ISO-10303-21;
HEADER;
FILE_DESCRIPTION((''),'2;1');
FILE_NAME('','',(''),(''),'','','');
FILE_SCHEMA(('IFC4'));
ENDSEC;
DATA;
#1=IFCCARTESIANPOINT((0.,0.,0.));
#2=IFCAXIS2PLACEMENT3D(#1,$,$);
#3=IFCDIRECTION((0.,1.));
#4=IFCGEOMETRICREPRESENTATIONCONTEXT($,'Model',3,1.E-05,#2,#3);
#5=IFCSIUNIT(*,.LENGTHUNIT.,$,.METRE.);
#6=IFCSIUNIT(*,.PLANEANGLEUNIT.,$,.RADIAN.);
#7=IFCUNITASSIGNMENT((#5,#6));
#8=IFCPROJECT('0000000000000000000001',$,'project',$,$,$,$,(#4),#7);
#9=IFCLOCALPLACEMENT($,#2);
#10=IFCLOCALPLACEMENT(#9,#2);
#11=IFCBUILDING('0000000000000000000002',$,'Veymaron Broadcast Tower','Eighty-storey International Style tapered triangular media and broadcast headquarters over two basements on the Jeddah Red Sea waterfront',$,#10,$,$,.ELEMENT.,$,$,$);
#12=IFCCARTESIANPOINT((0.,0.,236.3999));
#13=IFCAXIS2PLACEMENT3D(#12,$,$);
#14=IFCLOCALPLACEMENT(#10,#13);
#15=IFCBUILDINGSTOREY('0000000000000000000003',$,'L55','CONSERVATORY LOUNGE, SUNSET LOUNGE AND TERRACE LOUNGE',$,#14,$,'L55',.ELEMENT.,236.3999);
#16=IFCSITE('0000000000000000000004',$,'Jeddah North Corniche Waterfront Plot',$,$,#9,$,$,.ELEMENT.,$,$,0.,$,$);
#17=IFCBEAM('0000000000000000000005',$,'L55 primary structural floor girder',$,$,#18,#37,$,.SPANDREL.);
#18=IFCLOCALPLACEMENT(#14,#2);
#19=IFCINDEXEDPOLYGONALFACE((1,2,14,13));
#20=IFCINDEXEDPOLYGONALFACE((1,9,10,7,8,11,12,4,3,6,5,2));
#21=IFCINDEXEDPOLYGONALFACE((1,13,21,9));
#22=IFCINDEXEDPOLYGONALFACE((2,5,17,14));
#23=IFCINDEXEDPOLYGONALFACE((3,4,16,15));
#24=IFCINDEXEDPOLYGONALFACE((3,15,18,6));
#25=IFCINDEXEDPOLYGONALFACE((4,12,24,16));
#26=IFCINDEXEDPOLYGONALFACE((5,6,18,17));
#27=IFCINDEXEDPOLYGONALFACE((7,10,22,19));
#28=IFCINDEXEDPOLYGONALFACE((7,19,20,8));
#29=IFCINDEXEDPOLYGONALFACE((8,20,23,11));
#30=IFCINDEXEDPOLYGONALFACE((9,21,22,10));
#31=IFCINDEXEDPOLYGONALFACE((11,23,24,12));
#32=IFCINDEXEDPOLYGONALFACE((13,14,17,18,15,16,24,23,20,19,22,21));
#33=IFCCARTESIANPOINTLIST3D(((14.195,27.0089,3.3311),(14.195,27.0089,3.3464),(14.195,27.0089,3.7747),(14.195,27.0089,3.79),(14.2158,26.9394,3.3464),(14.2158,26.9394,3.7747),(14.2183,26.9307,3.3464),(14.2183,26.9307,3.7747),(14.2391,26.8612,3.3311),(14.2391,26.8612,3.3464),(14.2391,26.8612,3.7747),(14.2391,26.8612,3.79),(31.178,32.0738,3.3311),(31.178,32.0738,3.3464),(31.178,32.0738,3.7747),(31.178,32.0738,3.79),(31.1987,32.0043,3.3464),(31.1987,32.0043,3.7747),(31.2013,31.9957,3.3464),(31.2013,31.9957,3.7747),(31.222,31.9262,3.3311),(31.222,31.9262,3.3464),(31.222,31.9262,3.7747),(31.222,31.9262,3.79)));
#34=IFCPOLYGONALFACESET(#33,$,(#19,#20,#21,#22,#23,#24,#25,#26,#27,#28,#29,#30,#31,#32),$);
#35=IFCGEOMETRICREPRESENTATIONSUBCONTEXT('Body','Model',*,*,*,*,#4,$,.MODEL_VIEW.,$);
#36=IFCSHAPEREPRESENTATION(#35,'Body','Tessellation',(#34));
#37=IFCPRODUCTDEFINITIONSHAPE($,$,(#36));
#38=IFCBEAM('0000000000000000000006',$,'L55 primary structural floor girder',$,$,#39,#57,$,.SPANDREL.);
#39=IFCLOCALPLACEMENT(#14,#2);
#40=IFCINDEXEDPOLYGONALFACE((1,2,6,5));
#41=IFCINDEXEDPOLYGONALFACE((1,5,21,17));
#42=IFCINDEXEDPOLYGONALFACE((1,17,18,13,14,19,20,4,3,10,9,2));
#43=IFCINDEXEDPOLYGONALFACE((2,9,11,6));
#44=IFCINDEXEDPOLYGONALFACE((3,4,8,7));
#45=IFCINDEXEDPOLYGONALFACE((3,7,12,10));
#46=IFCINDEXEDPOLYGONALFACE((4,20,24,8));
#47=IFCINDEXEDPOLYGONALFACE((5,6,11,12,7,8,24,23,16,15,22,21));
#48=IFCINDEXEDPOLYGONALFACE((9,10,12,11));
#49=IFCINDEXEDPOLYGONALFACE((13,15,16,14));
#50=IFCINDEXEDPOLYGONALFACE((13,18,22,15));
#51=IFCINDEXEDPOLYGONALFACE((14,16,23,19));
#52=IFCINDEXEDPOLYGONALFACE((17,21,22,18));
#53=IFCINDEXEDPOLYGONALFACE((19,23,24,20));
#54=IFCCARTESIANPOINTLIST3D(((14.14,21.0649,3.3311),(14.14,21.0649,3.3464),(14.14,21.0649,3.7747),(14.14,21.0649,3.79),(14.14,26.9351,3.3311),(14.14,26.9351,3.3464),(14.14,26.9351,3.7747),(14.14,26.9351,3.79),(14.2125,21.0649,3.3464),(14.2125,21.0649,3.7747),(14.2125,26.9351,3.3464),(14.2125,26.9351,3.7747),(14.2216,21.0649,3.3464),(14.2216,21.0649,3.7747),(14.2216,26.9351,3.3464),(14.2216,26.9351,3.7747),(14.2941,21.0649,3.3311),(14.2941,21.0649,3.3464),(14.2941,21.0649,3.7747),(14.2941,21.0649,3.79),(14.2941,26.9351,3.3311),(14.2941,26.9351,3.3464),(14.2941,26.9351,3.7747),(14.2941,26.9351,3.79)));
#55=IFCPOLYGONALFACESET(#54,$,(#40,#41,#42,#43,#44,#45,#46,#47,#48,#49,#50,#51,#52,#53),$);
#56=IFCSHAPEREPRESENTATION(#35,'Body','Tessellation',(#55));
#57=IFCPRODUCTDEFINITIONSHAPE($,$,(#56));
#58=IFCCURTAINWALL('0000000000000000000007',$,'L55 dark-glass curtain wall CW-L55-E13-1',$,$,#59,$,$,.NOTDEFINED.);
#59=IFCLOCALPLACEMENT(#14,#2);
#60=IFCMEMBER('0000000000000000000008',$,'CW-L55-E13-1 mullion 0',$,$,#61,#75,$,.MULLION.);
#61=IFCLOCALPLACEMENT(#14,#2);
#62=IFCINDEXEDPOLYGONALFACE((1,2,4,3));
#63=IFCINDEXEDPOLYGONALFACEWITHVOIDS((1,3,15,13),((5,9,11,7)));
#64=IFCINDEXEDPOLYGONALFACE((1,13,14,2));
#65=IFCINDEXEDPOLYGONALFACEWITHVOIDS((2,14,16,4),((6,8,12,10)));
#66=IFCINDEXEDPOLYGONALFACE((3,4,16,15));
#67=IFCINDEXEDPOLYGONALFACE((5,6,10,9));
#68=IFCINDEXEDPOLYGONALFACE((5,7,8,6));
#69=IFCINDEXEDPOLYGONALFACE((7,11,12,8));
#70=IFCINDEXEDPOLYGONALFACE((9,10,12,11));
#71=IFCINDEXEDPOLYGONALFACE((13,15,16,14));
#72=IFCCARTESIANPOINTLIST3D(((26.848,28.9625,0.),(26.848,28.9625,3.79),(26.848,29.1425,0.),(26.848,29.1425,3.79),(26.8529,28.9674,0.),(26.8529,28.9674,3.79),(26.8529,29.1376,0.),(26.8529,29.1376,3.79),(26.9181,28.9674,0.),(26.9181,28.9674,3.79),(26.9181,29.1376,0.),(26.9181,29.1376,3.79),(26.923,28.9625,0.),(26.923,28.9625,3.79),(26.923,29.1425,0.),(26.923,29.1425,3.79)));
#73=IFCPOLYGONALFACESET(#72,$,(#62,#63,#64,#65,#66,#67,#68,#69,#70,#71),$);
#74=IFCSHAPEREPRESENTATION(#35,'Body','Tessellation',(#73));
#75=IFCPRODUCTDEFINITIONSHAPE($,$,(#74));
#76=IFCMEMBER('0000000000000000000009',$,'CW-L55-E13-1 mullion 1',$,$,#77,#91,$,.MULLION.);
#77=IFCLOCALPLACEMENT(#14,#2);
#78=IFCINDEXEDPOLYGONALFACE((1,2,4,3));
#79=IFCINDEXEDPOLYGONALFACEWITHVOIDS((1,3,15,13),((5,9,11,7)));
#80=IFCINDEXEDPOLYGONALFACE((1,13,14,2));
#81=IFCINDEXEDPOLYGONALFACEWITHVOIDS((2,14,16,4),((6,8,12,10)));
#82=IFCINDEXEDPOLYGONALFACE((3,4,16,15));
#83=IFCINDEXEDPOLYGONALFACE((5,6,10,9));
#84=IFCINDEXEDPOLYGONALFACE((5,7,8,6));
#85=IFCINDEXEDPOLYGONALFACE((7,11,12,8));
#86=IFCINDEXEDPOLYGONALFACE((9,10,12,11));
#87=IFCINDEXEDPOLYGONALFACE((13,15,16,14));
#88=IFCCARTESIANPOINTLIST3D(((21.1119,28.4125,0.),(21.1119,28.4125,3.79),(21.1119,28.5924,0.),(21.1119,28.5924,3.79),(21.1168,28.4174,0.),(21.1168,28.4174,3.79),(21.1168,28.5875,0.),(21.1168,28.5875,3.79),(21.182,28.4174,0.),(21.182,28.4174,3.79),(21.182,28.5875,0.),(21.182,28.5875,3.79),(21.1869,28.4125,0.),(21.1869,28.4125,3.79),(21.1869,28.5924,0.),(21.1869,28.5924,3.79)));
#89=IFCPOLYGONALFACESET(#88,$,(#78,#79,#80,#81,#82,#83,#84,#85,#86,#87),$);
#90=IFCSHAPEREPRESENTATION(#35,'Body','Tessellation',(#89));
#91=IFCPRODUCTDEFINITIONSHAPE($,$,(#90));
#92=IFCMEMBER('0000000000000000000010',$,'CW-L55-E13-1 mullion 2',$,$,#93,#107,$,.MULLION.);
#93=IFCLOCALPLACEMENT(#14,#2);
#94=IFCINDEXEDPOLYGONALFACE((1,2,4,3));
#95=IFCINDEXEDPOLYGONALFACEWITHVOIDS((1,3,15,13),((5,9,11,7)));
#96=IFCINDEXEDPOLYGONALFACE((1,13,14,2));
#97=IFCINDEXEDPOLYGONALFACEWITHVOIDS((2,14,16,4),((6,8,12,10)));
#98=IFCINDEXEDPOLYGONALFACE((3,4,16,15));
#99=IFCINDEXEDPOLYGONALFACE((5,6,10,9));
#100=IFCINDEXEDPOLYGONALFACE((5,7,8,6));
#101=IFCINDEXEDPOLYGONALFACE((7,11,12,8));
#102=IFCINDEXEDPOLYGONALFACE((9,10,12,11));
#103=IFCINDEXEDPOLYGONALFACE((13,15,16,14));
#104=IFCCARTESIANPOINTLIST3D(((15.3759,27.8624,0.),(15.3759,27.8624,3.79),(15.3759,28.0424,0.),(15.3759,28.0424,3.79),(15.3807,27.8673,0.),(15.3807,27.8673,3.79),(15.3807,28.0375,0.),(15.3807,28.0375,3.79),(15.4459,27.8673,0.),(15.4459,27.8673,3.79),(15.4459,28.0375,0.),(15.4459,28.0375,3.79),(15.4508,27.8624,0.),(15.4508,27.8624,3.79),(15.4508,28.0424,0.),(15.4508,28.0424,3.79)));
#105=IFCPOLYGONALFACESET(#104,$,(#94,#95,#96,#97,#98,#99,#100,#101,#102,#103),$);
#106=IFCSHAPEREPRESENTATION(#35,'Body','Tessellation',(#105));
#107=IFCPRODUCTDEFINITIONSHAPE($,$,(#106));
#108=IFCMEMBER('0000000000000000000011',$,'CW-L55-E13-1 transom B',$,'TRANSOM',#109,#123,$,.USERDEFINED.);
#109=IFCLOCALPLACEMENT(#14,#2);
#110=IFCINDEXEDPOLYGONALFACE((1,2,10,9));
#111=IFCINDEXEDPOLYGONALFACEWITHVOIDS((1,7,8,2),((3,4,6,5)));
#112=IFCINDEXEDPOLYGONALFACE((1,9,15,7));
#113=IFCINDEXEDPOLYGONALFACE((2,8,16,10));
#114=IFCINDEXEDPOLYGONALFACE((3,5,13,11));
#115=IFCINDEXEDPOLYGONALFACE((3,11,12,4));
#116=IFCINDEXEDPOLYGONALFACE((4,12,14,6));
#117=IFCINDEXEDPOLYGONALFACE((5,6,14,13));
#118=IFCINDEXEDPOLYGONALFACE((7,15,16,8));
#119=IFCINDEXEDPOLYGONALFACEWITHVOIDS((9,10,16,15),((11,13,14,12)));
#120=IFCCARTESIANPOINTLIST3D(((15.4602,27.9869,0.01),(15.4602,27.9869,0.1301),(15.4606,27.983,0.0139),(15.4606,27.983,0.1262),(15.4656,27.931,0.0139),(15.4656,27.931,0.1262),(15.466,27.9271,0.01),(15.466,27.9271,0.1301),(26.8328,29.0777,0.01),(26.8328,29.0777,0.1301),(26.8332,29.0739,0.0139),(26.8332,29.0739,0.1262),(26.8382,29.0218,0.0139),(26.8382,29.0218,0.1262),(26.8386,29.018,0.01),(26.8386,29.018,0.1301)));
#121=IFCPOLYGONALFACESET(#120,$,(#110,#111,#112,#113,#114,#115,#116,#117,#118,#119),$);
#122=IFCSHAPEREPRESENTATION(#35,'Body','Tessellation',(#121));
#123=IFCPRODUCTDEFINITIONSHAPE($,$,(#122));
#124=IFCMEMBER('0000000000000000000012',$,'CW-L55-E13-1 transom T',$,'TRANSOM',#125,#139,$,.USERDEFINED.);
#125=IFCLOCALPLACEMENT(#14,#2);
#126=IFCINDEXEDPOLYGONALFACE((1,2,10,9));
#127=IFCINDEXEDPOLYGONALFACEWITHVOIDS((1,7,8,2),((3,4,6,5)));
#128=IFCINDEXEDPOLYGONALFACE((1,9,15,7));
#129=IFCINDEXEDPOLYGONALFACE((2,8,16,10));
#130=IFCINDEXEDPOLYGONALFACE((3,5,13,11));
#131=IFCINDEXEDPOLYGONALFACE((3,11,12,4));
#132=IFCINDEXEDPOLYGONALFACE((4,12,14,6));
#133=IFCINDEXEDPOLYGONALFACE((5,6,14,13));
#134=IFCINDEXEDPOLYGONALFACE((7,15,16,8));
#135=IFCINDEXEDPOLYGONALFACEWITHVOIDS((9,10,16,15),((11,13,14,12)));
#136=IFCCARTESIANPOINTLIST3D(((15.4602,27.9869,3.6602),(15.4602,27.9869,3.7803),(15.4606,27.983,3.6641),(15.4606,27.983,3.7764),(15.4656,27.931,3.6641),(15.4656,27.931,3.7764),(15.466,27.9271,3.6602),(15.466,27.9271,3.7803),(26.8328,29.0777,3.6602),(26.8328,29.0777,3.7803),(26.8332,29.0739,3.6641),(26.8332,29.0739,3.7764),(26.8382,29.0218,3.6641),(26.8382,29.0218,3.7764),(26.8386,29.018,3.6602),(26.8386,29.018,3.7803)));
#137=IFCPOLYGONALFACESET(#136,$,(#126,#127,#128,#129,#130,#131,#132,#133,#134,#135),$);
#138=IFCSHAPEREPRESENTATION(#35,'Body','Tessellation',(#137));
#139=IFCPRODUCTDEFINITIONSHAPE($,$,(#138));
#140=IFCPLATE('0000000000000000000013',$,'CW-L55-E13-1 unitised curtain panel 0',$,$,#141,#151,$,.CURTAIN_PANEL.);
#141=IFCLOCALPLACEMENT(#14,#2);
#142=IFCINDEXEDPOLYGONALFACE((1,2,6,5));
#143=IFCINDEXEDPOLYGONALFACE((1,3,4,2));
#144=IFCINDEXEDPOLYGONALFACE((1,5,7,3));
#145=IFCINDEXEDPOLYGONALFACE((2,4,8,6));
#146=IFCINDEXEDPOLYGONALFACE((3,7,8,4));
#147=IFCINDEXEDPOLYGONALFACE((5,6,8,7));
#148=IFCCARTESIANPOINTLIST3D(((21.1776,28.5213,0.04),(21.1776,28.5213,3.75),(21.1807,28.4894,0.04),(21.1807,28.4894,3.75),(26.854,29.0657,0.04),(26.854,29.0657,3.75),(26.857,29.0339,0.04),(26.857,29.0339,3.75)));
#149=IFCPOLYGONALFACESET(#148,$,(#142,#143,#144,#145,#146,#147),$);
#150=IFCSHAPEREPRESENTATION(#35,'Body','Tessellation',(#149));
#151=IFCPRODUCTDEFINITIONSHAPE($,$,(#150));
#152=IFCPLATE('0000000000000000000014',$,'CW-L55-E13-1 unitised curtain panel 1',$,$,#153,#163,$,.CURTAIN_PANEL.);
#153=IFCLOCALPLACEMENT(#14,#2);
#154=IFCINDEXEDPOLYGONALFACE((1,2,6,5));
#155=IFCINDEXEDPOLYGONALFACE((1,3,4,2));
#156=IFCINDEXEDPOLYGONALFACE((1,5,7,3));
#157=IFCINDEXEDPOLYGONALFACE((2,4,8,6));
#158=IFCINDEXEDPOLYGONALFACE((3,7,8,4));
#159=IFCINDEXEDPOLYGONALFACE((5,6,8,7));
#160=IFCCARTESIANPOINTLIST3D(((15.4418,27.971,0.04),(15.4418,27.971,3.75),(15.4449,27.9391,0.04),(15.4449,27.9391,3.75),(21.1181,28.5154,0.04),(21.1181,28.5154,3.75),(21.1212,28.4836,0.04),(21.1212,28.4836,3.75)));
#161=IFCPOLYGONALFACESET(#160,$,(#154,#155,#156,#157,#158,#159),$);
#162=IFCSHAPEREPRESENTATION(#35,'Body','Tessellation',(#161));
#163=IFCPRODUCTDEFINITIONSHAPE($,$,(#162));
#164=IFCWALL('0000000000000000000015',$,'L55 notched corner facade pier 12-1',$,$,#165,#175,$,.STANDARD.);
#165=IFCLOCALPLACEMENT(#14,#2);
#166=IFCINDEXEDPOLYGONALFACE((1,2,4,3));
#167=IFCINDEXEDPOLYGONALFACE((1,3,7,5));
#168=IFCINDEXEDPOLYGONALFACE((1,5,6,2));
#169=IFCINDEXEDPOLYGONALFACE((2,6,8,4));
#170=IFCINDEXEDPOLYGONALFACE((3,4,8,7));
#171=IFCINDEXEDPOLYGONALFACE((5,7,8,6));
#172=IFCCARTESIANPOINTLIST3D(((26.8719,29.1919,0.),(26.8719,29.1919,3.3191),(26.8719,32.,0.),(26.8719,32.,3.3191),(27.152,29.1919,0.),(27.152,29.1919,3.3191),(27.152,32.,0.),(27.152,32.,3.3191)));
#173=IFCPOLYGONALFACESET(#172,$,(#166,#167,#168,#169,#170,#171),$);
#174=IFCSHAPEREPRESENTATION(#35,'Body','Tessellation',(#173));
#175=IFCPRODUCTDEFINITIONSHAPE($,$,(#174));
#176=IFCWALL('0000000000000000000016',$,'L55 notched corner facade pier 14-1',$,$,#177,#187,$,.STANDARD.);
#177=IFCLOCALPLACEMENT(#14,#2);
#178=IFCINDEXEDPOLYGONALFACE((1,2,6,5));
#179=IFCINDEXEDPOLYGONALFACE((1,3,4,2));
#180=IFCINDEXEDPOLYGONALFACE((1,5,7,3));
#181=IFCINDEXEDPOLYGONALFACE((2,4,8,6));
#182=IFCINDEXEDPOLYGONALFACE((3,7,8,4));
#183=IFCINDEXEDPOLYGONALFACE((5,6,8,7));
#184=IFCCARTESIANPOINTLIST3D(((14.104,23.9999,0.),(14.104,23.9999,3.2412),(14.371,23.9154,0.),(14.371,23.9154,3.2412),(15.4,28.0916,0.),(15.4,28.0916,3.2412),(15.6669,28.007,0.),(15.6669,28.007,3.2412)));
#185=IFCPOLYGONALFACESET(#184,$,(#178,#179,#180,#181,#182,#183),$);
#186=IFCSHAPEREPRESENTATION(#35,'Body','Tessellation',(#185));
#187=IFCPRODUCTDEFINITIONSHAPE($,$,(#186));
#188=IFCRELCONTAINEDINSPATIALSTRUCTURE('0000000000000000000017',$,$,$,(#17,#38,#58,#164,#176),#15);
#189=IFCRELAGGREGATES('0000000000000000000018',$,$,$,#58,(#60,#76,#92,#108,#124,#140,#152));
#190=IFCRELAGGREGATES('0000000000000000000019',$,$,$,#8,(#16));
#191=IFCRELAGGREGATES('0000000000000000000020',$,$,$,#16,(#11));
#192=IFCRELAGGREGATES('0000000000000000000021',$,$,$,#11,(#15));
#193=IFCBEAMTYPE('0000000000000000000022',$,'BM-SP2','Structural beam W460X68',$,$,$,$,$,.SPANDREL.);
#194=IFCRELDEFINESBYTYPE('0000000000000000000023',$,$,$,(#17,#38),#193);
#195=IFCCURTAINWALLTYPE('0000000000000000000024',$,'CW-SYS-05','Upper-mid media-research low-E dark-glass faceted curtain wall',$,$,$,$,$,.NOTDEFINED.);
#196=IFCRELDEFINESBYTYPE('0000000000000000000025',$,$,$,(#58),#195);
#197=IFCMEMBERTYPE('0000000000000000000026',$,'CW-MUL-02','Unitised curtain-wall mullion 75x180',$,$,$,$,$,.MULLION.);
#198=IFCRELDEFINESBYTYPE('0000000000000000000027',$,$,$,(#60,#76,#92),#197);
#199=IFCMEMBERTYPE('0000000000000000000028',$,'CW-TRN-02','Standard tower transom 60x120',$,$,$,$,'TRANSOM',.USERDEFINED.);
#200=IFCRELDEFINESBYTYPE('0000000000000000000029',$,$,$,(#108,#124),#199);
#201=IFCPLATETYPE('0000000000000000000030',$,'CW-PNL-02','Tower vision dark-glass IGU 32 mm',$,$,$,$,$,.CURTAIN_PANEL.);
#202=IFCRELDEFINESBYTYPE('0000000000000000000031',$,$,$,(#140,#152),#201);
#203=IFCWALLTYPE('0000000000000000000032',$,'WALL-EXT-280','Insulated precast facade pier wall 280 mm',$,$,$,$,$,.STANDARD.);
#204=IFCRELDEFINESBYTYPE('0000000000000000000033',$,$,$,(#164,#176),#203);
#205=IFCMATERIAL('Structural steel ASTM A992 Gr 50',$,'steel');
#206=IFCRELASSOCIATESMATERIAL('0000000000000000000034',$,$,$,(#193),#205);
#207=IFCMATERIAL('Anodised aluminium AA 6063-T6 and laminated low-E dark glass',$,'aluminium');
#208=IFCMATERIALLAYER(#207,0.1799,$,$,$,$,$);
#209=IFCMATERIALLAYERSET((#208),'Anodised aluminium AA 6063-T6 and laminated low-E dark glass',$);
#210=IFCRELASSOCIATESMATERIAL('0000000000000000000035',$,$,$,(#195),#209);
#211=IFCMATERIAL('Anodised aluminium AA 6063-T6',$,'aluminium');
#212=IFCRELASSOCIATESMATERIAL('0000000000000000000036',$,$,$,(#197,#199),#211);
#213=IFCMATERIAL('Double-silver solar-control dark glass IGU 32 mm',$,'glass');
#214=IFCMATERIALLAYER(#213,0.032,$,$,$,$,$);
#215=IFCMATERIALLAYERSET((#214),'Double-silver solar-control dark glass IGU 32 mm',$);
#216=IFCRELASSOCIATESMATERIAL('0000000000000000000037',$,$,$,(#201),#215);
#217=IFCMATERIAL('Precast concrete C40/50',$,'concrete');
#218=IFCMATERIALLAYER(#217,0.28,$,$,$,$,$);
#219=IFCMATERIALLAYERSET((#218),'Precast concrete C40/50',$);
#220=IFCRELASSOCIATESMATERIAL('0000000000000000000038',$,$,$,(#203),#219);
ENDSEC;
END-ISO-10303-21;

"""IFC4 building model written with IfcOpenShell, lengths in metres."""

from ifc_helpers import new_model, si_unit, direction, frame, frame_2d, origin, origin_2d, place, context, subcontext, project, spatial, rectangle, hollow_rectangle, i_section, extrude, material, layer, layer_set, material_profile, profile_set, type_object, element, aggregate, save


model = new_model("IFC4")

# Units and contexts
model_context = context("Model", 3, precision=1e-05, world=origin(), true_north=direction((0.0, 1.0)))
body_context = subcontext(model_context, "Body", "Model", "MODEL_VIEW")
ifc_project = project(units=[si_unit("LENGTHUNIT", "METRE"), si_unit("PLANEANGLEUNIT", "RADIAN")], contexts=[model_context])

# Site, building, storey
site_placement = place(None, origin())
site = spatial("IfcSite", under=ifc_project, at=site_placement, Name="Jeddah North Corniche Waterfront Plot", CompositionType="ELEMENT", RefElevation=0.0)
building_placement = place(site_placement, origin())
building = spatial("IfcBuilding", under=site, at=building_placement, Name="Veymaron Broadcast Tower", Description="Eighty-storey International Style tapered triangular media and broadcast headquarters over two basements on the Jeddah Red Sea waterfront", CompositionType="ELEMENT")
storey_placement = place(building_placement, frame((0.0, 0.0, 236.3999)))
storey = spatial("IfcBuildingStorey", under=building, at=storey_placement, Name="L55", Description="CONSERVATORY LOUNGE, SUNSET LOUNGE AND TERRACE LOUNGE", LongName="L55", CompositionType="ELEMENT", Elevation=236.3999)

# Beams
ifc_material_1 = material(Name="Structural steel ASTM A992 Gr 50", Category="steel")
ifc_material_profile_1 = material_profile(ifc_material_1, i_section(OverallWidth=0.1541, OverallDepth=0.459, WebThickness=0.009, FlangeThickness=0.0154, at=origin_2d()), Name="W460X68")
ifc_profile_set_1 = profile_set([ifc_material_profile_1], Name="Structural steel ASTM A992 Gr 50")
beam_type_1 = type_object("IfcBeamType", Name="BM-SP2", Description="Structural beam W460X68", PredefinedType="SPANDREL", material=ifc_profile_set_1)
for number, where, z_axis, x_axis, name in (
    (1, (14.217, 26.9351, 3.5605), (0.95829, 0.285798, 0.0), (-0.285798, 0.95829, 0.0), "L55 primary structural floor girder"),
):
    element("IfcBeam", number, at=place(storey_placement, frame(where, z_axis=z_axis, x_axis=x_axis)), inside=storey, type_object=beam_type_1, Name=name, PredefinedType="SPANDREL", context=body_context, shape_type="SweptSolid", body=[
        extrude(i_section(OverallWidth=0.1541, OverallDepth=0.459, WebThickness=0.009, FlangeThickness=0.0154, at=origin_2d()), origin(), (0.0, 0.0, 1.0), 17.7222),
    ])
beam_1_placement = place(storey_placement, frame((14.217, 21.0649, 3.5605), z_axis=(0.0, 1.0, 0.0), x_axis=(-1.0, 0.0, 0.0)))
element("IfcBeam", 2, at=beam_1_placement, inside=storey, type_object=beam_type_1, Name="L55 primary structural floor girder", PredefinedType="SPANDREL", context=body_context, shape_type="SweptSolid", body=[
    extrude(i_section(OverallWidth=0.1541, OverallDepth=0.459, WebThickness=0.009, FlangeThickness=0.0154, at=origin_2d()), origin(), (0.0, 0.0, 1.0), 5.8701),
])

# Curtain wall, members, plates
ifc_material_2 = material(Name="Anodised aluminium AA 6063-T6 and laminated low-E dark glass", Category="aluminium")
ifc_layer_1 = layer(ifc_material_2, 0.1799)
ifc_layer_set_1 = layer_set([ifc_layer_1], Name="Anodised aluminium AA 6063-T6 and laminated low-E dark glass")
curtain_wall_type = type_object("IfcCurtainWallType", Name="CW-SYS-05", Description="Upper-mid media-research low-E dark-glass faceted curtain wall", PredefinedType="NOTDEFINED", material=ifc_layer_set_1)
curtain_wall_placement = place(storey_placement, origin())
curtain_wall = element("IfcCurtainWall", 3, at=curtain_wall_placement, inside=storey, type_object=curtain_wall_type, Name="L55 dark-glass curtain wall CW-L55-E13-1", PredefinedType="NOTDEFINED")
ifc_material_3 = material(Name="Anodised aluminium AA 6063-T6", Category="aluminium")
ifc_material_profile_2 = material_profile(ifc_material_3, hollow_rectangle(XDim=0.075, YDim=0.1799, WallThickness=0.0049, at=origin_2d()), Name="AL180X75X5")
ifc_profile_set_2 = profile_set([ifc_material_profile_2], Name="Anodised aluminium AA 6063-T6")
member_type_1 = type_object("IfcMemberType", Name="CW-MUL-02", Description="Unitised curtain-wall mullion 75x180", PredefinedType="MULLION", material=ifc_profile_set_2)
member_1_placement = place(storey_placement, frame((26.8855, 29.0525, 0.0), z_axis=(0.0, 0.0, 1.0), x_axis=(1.0, 0.0, 0.0)))
member_1 = element("IfcMember", 4, at=member_1_placement, type_object=member_type_1, Name="CW-L55-E13-1 mullion 0", PredefinedType="MULLION", context=body_context, shape_type="SweptSolid", body=[
    extrude(hollow_rectangle(XDim=0.075, YDim=0.1799, WallThickness=0.0049, at=origin_2d()), origin(), (0.0, 0.0, 1.0), 3.79),
])
member_2_placement = place(storey_placement, frame((21.1494, 28.5024, 0.0), z_axis=(0.0, 0.0, 1.0), x_axis=(1.0, 0.0, 0.0)))
member_2 = element("IfcMember", 5, at=member_2_placement, type_object=member_type_1, Name="CW-L55-E13-1 mullion 1", PredefinedType="MULLION", context=body_context, shape_type="SweptSolid", body=[
    extrude(hollow_rectangle(XDim=0.075, YDim=0.1799, WallThickness=0.0049, at=origin_2d()), origin(), (0.0, 0.0, 1.0), 3.79),
])
member_3_placement = place(storey_placement, frame((15.4133, 27.9524, 0.0), z_axis=(0.0, 0.0, 1.0), x_axis=(1.0, 0.0, 0.0)))
member_3 = element("IfcMember", 6, at=member_3_placement, type_object=member_type_1, Name="CW-L55-E13-1 mullion 2", PredefinedType="MULLION", context=body_context, shape_type="SweptSolid", body=[
    extrude(hollow_rectangle(XDim=0.075, YDim=0.1799, WallThickness=0.0049, at=origin_2d()), origin(), (0.0, 0.0, 1.0), 3.79),
])
ifc_material_profile_3 = material_profile(ifc_material_3, hollow_rectangle(XDim=0.0601, YDim=0.1201, WallThickness=0.0039, at=origin_2d()), Name="AL120X60X4")
ifc_profile_set_3 = profile_set([ifc_material_profile_3], Name="Anodised aluminium AA 6063-T6")
member_type_2 = type_object("IfcMemberType", Name="CW-TRN-02", Description="Standard tower transom 60x120", ElementType="TRANSOM", PredefinedType="USERDEFINED", material=ifc_profile_set_3)
member_4_placement = place(storey_placement, frame((26.8357, 29.0479, 0.0701), z_axis=(-0.995431, -0.095479, 0.0), x_axis=(0.095479, -0.995431, 0.0)))
member_4 = element("IfcMember", 7, at=member_4_placement, type_object=member_type_2, Name="CW-L55-E13-1 transom B", ObjectType="TRANSOM", PredefinedType="USERDEFINED", context=body_context, shape_type="SweptSolid", body=[
    extrude(hollow_rectangle(XDim=0.0601, YDim=0.1201, WallThickness=0.0039, at=origin_2d()), origin(), (0.0, 0.0, 1.0), 11.4248),
])
member_5_placement = place(storey_placement, frame((26.8357, 29.0479, 3.7202), z_axis=(-0.995431, -0.095479, 0.0), x_axis=(0.095479, -0.995431, 0.0)))
member_5 = element("IfcMember", 8, at=member_5_placement, type_object=member_type_2, Name="CW-L55-E13-1 transom T", ObjectType="TRANSOM", PredefinedType="USERDEFINED", context=body_context, shape_type="SweptSolid", body=[
    extrude(hollow_rectangle(XDim=0.0601, YDim=0.1201, WallThickness=0.0039, at=origin_2d()), origin(), (0.0, 0.0, 1.0), 11.4248),
])
ifc_material_4 = material(Name="Double-silver solar-control dark glass IGU 32 mm", Category="glass")
ifc_layer_2 = layer(ifc_material_4, 0.032)
ifc_layer_set_2 = layer_set([ifc_layer_2], Name="Double-silver solar-control dark glass IGU 32 mm")
plate_type = type_object("IfcPlateType", Name="CW-PNL-02", Description="Tower vision dark-glass IGU 32 mm", PredefinedType="CURTAIN_PANEL", material=ifc_layer_set_2)
plate_1_placement = place(storey_placement, frame((24.0173, 28.7776, 0.04), z_axis=(0.0, 0.0, 1.0), x_axis=(-0.995431, -0.095481, 0.0)))
plate_1 = element("IfcPlate", 9, at=plate_1_placement, type_object=plate_type, Name="CW-L55-E13-1 unitised curtain panel 0", PredefinedType="CURTAIN_PANEL", context=body_context, shape_type="SweptSolid", body=[
    extrude(rectangle(XDim=5.7024, YDim=0.032, at=origin_2d()), origin(), (0.0, 0.0, 1.0), 3.71),
])
plate_2_placement = place(storey_placement, frame((18.2815, 28.2273, 0.04), z_axis=(0.0, 0.0, 1.0), x_axis=(-0.995431, -0.095481, 0.0)))
plate_2 = element("IfcPlate", 10, at=plate_2_placement, type_object=plate_type, Name="CW-L55-E13-1 unitised curtain panel 1", PredefinedType="CURTAIN_PANEL", context=body_context, shape_type="SweptSolid", body=[
    extrude(rectangle(XDim=5.7024, YDim=0.032, at=origin_2d()), origin(), (0.0, 0.0, 1.0), 3.71),
])
aggregate(curtain_wall, [member_1, member_2, member_3, member_4, member_5, plate_1, plate_2])

# Walls
ifc_material_5 = material(Name="Precast concrete C40/50", Category="concrete")
ifc_layer_3 = layer(ifc_material_5, 0.28)
ifc_layer_set_3 = layer_set([ifc_layer_3], Name="Precast concrete C40/50")
wall_type_1 = type_object("IfcWallType", Name="WALL-EXT-280", Description="Insulated precast facade pier wall 280 mm", PredefinedType="STANDARD", material=ifc_layer_set_3)
wall_1_placement = place(storey_placement, frame((27.012, 32.0, 0.0), z_axis=(0.0, 0.0, 1.0), x_axis=(0.0, -1.0, 0.0)))
element("IfcWall", 11, at=wall_1_placement, inside=storey, type_object=wall_type_1, Name="L55 notched corner facade pier 12-1", PredefinedType="STANDARD", context=body_context, shape_type="SweptSolid", body=[
    extrude(rectangle(XDim=2.8081, YDim=0.28, at=frame_2d((1.4041, 0.0))), origin(), (0.0, 0.0, 1.0), 3.3191),
])
for number, where, z_axis, x_axis, name in (
    (12, (15.5334, 28.0493, 0.0), (0.0, 0.0, 1.0), (-0.301943, -0.953326, 0.0), "L55 notched corner facade pier 14-1"),
):
    element("IfcWall", number, at=place(storey_placement, frame(where, z_axis=z_axis, x_axis=x_axis)), inside=storey, type_object=wall_type_1, Name=name, PredefinedType="STANDARD", context=body_context, shape_type="SweptSolid", body=[
        extrude(rectangle(XDim=4.292, YDim=0.28, at=frame_2d((2.146, 0.0))), origin(), (0.0, 0.0, 1.0), 3.2412),
    ])

save(model, "model.ifc")
